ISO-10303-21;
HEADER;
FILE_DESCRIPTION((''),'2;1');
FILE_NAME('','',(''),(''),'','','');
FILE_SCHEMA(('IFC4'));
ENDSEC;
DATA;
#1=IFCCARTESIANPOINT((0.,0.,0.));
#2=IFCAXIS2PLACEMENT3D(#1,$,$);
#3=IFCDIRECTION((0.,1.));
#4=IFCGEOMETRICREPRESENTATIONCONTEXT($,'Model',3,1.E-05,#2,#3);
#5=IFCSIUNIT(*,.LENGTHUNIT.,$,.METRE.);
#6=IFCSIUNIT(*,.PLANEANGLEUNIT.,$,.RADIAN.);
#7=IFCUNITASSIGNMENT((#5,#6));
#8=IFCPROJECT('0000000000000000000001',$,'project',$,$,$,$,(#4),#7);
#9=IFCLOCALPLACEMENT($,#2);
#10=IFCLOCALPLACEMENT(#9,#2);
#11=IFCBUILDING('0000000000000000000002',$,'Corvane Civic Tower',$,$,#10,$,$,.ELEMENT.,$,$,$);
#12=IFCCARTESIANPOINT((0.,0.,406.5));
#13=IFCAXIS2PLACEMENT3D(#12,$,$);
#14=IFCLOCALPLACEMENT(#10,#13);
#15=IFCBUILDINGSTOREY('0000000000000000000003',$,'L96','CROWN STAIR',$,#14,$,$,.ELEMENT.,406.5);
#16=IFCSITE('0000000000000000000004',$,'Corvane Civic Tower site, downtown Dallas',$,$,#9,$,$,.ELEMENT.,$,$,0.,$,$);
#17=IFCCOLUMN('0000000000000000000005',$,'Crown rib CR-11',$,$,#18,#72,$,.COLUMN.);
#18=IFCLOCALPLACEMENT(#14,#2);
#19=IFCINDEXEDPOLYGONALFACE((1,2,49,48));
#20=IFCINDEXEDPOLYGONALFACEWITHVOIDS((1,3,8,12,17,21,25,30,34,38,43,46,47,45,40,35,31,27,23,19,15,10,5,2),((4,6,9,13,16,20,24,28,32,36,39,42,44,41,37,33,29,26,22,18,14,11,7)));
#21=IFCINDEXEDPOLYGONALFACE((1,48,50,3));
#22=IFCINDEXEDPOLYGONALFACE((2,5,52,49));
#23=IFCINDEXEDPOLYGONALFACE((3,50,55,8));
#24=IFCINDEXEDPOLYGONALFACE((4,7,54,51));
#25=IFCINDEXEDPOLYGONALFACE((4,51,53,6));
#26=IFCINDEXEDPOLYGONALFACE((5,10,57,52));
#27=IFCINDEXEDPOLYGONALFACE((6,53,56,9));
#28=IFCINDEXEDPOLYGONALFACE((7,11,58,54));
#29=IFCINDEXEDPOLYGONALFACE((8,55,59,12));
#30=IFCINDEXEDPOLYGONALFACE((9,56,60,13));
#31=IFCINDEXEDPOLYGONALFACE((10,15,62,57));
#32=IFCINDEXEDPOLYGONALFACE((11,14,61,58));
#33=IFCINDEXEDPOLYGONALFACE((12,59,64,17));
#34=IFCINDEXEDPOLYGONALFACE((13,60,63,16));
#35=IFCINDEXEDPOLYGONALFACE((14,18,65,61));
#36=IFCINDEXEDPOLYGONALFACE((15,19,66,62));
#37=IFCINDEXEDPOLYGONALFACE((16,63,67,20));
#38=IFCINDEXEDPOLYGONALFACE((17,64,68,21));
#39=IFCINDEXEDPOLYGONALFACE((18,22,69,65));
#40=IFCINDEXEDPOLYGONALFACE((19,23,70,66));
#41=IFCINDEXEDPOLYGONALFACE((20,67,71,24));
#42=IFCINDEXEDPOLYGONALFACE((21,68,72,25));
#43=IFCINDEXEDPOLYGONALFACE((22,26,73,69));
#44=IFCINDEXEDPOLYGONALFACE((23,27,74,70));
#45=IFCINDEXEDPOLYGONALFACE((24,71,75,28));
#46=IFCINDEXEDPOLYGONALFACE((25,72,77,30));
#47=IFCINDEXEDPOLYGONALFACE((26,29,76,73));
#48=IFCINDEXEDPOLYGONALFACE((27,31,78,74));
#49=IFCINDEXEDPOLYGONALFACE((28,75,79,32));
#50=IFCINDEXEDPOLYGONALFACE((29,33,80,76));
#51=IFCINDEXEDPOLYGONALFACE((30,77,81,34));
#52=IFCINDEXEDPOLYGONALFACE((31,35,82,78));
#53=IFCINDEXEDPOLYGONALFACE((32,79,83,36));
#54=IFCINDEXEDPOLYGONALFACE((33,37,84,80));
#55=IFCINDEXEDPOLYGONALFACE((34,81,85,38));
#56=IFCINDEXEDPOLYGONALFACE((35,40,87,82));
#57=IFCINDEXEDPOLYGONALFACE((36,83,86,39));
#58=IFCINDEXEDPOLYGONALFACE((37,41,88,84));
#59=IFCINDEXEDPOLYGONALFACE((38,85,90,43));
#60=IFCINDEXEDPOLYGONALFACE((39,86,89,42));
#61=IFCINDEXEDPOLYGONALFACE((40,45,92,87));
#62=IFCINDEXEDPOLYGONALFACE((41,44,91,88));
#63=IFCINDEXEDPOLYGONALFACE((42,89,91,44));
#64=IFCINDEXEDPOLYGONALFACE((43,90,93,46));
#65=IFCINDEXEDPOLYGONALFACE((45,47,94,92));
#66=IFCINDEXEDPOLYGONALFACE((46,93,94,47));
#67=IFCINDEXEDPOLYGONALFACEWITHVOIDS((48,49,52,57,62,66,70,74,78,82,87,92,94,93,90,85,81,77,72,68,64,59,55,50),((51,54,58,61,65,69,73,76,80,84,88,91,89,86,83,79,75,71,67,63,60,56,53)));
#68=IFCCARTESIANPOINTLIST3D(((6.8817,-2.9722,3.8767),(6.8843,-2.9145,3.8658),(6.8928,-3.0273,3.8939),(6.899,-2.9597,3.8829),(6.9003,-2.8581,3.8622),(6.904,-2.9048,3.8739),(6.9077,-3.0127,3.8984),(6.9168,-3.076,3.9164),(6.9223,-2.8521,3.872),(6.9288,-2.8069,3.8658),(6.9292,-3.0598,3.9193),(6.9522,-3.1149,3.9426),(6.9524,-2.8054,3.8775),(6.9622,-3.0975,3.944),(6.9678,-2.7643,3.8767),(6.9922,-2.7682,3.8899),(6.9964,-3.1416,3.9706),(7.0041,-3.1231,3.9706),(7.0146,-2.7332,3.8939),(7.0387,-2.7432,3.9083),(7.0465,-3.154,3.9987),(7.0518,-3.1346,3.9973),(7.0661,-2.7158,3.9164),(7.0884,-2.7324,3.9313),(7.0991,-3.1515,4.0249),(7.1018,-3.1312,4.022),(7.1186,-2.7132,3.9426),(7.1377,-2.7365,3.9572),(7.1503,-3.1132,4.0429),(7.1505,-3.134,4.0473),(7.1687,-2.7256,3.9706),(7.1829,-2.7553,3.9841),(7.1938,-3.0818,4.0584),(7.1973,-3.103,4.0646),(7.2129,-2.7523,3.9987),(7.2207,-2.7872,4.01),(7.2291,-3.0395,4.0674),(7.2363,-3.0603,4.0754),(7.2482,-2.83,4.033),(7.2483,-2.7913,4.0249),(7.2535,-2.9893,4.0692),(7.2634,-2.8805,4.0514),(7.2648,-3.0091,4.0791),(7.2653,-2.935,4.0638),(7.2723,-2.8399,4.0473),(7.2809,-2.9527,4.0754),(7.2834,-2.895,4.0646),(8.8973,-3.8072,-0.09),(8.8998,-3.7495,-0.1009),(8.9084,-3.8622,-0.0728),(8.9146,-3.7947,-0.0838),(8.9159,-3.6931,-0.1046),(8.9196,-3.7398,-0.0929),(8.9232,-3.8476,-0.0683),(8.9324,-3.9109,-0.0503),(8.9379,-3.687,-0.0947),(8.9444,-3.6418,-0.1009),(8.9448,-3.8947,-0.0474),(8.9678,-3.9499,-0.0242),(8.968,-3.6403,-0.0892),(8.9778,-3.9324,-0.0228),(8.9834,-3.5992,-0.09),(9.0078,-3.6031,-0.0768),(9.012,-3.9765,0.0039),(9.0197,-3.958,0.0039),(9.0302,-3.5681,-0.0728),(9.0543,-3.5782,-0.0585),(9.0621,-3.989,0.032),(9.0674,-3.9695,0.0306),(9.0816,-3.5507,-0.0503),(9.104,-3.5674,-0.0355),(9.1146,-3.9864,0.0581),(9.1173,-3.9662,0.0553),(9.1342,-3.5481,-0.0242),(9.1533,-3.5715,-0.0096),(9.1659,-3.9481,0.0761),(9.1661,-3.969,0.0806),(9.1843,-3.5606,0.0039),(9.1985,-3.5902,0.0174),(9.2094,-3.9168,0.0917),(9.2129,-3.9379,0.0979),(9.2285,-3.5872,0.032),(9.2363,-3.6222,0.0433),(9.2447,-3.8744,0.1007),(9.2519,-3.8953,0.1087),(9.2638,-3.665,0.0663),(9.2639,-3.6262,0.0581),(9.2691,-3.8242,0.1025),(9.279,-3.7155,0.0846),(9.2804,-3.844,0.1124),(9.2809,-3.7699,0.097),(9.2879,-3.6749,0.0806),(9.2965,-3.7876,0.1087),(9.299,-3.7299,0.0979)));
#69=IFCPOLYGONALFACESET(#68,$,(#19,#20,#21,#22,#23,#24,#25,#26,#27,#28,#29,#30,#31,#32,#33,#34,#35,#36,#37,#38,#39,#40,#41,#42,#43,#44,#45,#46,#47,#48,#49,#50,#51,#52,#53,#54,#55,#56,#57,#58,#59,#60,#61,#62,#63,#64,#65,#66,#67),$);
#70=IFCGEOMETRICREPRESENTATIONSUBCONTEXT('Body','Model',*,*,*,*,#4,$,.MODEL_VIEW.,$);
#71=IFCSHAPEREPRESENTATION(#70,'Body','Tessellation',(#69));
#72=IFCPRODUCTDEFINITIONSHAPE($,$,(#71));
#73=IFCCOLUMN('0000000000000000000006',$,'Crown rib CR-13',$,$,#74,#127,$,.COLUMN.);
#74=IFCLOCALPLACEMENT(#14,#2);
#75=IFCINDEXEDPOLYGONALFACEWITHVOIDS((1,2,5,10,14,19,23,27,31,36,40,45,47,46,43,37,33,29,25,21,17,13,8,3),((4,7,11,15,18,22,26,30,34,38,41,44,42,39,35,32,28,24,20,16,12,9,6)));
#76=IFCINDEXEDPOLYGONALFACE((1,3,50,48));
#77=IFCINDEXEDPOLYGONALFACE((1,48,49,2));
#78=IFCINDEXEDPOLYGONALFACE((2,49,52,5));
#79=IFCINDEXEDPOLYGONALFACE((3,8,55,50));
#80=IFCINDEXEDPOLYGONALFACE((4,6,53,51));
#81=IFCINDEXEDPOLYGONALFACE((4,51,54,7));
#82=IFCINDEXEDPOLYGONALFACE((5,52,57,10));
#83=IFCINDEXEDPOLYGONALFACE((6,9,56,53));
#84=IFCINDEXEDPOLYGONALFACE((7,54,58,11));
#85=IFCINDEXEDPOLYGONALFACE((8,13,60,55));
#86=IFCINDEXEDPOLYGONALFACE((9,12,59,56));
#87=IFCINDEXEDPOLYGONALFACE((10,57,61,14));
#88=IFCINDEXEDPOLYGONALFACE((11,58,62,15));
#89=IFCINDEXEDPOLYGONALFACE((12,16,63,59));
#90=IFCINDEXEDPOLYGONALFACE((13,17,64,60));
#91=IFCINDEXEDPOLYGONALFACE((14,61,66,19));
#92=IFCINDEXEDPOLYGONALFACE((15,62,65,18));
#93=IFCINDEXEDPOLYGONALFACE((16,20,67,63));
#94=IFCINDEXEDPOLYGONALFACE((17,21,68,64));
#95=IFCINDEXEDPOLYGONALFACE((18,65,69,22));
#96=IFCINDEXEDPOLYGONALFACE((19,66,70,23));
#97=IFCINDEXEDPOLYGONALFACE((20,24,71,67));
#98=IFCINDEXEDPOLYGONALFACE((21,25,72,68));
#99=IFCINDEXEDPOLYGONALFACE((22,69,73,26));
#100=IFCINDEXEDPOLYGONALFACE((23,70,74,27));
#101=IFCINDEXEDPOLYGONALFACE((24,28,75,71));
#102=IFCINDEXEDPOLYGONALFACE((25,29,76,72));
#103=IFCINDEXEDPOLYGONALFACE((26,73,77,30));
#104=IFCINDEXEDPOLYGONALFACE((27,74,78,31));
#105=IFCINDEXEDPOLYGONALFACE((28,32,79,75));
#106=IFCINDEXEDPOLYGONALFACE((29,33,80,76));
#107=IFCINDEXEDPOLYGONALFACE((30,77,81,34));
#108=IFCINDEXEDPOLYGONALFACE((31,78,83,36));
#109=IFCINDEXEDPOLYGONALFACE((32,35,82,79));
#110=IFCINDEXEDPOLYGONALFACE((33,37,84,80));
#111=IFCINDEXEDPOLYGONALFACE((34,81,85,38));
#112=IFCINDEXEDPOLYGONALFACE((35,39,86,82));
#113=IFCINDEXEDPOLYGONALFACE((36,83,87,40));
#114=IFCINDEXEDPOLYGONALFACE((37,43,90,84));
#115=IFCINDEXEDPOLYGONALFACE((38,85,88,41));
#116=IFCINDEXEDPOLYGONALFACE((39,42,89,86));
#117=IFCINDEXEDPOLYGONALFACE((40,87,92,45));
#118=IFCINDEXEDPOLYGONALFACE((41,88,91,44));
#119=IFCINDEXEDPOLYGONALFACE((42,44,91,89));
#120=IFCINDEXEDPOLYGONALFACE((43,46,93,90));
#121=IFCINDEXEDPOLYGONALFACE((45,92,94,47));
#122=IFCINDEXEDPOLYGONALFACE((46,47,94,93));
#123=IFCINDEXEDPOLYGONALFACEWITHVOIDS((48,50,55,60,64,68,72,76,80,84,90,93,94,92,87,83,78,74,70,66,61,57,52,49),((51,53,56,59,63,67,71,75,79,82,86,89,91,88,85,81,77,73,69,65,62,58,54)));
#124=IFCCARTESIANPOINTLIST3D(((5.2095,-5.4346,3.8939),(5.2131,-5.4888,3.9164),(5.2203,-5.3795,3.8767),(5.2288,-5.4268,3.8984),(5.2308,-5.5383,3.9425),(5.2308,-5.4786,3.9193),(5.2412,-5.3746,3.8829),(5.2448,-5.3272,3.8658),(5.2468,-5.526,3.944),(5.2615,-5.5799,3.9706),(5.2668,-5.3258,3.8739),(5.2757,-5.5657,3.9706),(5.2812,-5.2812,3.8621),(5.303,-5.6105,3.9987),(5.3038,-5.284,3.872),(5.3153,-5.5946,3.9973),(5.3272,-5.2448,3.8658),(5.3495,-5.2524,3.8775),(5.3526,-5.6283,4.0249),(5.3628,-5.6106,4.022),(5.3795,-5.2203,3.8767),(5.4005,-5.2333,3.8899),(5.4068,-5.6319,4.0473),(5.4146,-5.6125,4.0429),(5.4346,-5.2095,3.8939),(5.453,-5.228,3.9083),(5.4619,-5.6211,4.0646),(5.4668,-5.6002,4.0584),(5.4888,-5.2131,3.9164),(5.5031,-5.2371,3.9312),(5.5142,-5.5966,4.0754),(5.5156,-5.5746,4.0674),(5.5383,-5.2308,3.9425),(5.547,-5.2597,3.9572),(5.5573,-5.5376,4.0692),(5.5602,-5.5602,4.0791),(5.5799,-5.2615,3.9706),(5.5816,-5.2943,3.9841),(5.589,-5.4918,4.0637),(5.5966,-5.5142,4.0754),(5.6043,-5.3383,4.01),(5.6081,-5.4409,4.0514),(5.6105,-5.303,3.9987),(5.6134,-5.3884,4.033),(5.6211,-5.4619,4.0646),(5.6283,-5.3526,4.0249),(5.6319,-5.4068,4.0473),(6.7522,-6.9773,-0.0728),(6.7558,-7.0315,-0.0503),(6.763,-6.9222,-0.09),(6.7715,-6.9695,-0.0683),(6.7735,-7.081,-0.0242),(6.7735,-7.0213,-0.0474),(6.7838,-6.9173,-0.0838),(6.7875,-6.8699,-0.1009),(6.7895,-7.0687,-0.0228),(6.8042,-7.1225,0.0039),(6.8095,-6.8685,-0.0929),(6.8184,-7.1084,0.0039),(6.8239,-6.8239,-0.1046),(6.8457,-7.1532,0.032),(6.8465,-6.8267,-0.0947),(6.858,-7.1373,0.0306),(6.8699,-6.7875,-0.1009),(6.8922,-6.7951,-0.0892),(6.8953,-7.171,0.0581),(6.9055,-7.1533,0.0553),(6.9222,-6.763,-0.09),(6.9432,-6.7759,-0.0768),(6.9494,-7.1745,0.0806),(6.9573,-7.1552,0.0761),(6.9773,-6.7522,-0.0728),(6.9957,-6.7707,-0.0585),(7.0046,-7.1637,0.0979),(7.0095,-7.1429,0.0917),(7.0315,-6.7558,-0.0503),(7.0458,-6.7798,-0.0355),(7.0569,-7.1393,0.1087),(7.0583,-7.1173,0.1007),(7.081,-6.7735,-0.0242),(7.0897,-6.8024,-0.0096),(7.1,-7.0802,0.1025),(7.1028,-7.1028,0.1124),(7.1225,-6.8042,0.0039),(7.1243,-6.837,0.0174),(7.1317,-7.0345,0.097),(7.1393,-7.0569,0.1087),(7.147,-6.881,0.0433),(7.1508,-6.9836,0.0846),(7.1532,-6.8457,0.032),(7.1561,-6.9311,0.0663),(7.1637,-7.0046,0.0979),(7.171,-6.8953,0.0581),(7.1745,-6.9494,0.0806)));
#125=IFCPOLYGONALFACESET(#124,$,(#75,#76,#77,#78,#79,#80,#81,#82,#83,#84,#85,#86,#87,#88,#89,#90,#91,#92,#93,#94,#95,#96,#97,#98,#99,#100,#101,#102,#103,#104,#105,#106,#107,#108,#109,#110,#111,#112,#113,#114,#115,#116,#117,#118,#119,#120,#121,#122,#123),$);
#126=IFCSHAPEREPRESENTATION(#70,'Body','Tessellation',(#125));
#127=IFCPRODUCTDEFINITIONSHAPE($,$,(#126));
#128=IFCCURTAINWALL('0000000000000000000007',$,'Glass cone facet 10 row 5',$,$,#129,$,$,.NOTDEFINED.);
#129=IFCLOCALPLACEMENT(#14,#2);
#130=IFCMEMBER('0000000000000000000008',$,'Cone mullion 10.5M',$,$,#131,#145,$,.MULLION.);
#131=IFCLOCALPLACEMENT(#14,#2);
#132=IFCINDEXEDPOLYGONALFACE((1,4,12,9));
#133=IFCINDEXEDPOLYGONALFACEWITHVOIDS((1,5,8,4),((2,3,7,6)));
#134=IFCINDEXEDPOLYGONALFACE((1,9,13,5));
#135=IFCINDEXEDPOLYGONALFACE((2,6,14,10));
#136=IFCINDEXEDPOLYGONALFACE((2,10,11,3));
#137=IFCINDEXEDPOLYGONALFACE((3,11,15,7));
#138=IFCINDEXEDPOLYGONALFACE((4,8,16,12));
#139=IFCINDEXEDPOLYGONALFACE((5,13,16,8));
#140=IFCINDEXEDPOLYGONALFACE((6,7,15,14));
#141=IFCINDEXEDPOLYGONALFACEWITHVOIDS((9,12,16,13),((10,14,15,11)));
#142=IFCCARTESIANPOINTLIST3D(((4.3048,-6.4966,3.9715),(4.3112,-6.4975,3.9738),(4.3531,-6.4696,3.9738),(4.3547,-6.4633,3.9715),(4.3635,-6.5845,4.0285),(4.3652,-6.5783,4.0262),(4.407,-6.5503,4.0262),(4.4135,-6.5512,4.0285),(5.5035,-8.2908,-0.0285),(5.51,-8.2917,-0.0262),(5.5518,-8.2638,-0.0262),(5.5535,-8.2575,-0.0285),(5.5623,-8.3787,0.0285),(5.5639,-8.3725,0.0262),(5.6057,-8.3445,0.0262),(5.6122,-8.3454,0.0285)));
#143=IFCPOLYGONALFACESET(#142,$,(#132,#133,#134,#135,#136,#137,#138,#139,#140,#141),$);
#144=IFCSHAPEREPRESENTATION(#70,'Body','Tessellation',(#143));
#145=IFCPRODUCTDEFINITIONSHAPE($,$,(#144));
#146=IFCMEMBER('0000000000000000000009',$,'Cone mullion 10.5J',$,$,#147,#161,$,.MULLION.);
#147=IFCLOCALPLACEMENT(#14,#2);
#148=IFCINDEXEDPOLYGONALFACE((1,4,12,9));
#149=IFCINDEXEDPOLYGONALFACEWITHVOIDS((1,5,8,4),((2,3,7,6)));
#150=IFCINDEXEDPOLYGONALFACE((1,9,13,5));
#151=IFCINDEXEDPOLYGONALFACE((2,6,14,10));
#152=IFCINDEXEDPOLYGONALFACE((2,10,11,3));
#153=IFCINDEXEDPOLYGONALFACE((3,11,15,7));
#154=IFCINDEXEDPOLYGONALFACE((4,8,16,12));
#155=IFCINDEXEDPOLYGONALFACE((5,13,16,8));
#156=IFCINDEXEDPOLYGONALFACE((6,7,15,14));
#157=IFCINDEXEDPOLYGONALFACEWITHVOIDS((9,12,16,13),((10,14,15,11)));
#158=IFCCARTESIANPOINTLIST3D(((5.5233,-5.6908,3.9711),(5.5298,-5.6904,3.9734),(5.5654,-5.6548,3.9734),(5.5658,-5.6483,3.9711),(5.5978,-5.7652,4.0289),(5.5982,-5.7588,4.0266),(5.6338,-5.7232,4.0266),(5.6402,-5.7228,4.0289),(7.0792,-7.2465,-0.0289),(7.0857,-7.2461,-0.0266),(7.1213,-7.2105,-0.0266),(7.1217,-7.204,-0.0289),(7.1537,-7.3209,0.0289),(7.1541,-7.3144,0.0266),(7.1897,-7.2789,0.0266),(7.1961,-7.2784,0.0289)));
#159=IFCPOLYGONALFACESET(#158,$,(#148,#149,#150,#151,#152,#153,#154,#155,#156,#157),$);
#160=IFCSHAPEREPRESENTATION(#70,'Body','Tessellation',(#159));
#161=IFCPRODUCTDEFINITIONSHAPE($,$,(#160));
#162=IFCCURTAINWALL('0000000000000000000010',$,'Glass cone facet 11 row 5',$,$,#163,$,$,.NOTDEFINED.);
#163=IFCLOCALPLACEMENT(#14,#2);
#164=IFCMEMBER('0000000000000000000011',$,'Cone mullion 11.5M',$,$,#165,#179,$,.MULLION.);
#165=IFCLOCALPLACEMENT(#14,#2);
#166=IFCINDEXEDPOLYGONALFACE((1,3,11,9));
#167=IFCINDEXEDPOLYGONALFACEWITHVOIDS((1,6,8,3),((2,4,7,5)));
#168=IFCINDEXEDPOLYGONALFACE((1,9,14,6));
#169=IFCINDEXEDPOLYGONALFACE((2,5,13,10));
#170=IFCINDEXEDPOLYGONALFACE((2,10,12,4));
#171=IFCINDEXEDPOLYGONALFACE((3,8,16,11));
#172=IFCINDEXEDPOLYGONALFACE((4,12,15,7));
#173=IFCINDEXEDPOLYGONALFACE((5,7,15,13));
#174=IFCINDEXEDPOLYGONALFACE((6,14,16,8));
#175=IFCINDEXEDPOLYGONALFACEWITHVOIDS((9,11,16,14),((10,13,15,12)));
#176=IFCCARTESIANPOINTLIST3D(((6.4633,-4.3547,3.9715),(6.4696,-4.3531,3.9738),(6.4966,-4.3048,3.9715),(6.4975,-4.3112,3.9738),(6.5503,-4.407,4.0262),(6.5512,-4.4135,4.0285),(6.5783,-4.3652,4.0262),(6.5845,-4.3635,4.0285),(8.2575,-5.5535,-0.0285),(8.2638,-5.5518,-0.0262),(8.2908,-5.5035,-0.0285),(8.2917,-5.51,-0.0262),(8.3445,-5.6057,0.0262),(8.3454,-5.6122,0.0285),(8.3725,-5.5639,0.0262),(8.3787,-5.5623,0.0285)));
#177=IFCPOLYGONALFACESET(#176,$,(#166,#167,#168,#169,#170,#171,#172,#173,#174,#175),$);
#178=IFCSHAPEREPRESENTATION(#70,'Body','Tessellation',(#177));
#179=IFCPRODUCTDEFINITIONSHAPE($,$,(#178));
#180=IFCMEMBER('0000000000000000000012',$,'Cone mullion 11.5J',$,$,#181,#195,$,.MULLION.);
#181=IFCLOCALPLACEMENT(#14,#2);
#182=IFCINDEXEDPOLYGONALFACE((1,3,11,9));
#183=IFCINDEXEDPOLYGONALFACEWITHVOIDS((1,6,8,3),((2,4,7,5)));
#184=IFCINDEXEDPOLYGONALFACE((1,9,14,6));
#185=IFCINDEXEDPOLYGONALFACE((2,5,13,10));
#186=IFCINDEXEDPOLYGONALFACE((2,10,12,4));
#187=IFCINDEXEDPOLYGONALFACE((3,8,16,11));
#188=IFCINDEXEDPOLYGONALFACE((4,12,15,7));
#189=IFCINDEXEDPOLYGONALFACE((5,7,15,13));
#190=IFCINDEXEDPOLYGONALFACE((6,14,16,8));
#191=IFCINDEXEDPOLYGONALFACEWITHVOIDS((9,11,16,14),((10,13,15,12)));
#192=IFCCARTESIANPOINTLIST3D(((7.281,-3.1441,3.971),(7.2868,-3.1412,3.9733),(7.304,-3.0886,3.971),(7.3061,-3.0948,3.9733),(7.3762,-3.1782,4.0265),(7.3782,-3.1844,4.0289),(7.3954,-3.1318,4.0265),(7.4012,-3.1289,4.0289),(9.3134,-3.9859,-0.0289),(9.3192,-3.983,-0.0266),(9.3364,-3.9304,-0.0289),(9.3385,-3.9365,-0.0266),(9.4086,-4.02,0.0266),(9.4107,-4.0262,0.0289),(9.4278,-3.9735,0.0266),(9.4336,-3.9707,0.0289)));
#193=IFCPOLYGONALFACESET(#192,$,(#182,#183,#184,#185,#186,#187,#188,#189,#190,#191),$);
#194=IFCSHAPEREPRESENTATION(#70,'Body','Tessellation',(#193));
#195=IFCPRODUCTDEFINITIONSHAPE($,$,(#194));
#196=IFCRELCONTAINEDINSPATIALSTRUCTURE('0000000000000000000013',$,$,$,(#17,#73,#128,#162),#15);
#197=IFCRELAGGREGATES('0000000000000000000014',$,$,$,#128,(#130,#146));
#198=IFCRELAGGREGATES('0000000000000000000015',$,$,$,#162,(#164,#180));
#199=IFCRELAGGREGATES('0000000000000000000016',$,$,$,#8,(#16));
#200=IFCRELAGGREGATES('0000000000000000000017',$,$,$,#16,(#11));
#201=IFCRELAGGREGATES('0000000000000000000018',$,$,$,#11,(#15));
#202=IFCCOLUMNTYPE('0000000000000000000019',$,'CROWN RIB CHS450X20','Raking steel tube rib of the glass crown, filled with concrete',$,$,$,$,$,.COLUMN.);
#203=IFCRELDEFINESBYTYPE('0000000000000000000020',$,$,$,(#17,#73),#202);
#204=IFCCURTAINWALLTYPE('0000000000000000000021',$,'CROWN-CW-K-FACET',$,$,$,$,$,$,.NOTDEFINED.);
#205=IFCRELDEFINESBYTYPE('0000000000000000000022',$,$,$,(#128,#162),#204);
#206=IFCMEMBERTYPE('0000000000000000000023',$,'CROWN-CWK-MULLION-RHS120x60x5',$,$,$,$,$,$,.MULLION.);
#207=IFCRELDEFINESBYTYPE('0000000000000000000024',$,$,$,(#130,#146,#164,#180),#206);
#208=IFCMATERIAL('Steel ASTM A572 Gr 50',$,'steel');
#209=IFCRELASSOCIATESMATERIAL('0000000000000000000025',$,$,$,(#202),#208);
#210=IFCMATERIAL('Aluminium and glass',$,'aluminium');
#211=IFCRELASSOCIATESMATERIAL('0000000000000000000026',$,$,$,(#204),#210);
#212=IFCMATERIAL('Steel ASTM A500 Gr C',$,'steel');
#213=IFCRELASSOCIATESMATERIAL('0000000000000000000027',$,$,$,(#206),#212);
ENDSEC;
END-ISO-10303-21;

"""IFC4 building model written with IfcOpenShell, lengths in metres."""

from ifc_helpers import new_model, si_unit, direction, frame, origin, origin_2d, place, context, subcontext, project, spatial, hollow_rectangle, hollow_circle, extrude, material, material_profile, profile_set, type_object, element, aggregate, save


model = new_model("IFC4")

# Units and contexts
model_context = context("Model", 3, precision=1e-05, world=origin(), true_north=direction((0.0, 1.0)))
body_context = subcontext(model_context, "Body", "Model", "MODEL_VIEW")
ifc_project = project(units=[si_unit("LENGTHUNIT", "METRE"), si_unit("PLANEANGLEUNIT", "RADIAN")], contexts=[model_context])

# Site, building, storey
site_placement = place(None, origin())
site = spatial("IfcSite", under=ifc_project, at=site_placement, Name="Corvane Civic Tower site, downtown Dallas", CompositionType="ELEMENT", RefElevation=0.0)
building_placement = place(site_placement, origin())
building = spatial("IfcBuilding", under=site, at=building_placement, Name="Corvane Civic Tower", CompositionType="ELEMENT")
storey_placement = place(building_placement, frame((0.0, 0.0, 406.5)))
storey = spatial("IfcBuildingStorey", under=building, at=storey_placement, Name="L96", Description="CROWN STAIR", CompositionType="ELEMENT", Elevation=406.5)

# Columns
ifc_material_1 = material(Name="Steel ASTM A572 Gr 50", Category="steel")
ifc_material_profile_1 = material_profile(ifc_material_1, hollow_circle(Radius=0.2251, WallThickness=0.02, at=origin_2d()), Name="CHS450X20")
ifc_profile_set_1 = profile_set([ifc_material_profile_1], Name="Steel ASTM A572 Gr 50")
column_type = type_object("IfcColumnType", Name="CROWN RIB CHS450X20", Description="Raking steel tube rib of the glass crown, filled with concrete", PredefinedType="COLUMN", material=ifc_profile_set_1)
for number, where, z_axis, x_axis, name in (
    (1, (9.0981, -3.7686, 0.0039), (-0.445227, 0.184433, 0.876218), (-0.382708, -0.92387, 0.0), "Crown rib CR-11"),
    (2, (6.9634, -6.9634, 0.0039), (-0.340768, 0.340768, 0.876216), (-0.707107, -0.707107, 0.0), "Crown rib CR-13"),
):
    element("IfcColumn", number, at=place(storey_placement, frame(where, z_axis=z_axis, x_axis=x_axis)), inside=storey, type_object=column_type, Name=name, PredefinedType="COLUMN", context=body_context, shape_type="SweptSolid", body=[
        extrude(hollow_circle(Radius=0.2251, WallThickness=0.02, at=origin_2d()), origin(), (0.0, 0.0, 1.0), 4.5271),
    ])

# Curtain walls, members
ifc_material_2 = material(Name="Aluminium and glass", Category="aluminium")
curtain_wall_type = type_object("IfcCurtainWallType", Name="CROWN-CW-K-FACET", PredefinedType="NOTDEFINED", material=ifc_material_2)
curtain_wall_1_placement = place(storey_placement, origin())
curtain_wall_1 = element("IfcCurtainWall", 3, at=curtain_wall_1_placement, inside=storey, type_object=curtain_wall_type, Name="Glass cone facet 10 row 5", PredefinedType="NOTDEFINED")
ifc_material_3 = material(Name="Steel ASTM A500 Gr C", Category="steel")
ifc_material_profile_2 = material_profile(ifc_material_3, hollow_rectangle(XDim=0.0601, YDim=0.1201, WallThickness=0.0049, at=origin_2d()), Name="RHS 120x60x5")
ifc_profile_set_2 = profile_set([ifc_material_profile_2], Name="Steel ASTM A500 Gr C")
member_type_1 = type_object("IfcMemberType", Name="CROWN-CWK-MULLION-RHS120x60x5", PredefinedType="MULLION", material=ifc_profile_set_2)
member_1_placement = place(storey_placement, frame((5.5579, -8.3181, 0.0), z_axis=(-0.263753, 0.39477, 0.880108), x_axis=(-0.831493, -0.555535, 0.0)))
member_1 = element("IfcMember", 4, at=member_1_placement, type_object=member_type_1, Name="Cone mullion 10.5M", PredefinedType="MULLION", context=body_context, shape_type="SweptSolid", body=[
    extrude(hollow_rectangle(XDim=0.0601, YDim=0.1201, WallThickness=0.0049, at=origin_2d()), origin(), (0.0, 0.0, 1.0), 4.5449),
])
member_2_placement = place(storey_placement, frame((7.1377, -7.2625, 0.0), z_axis=(-0.34082, 0.340767, 0.876196), x_axis=(-0.707051, -0.707162, 0.0)))
member_2 = element("IfcMember", 5, at=member_2_placement, type_object=member_type_1, Name="Cone mullion 10.5J", PredefinedType="MULLION", context=body_context, shape_type="SweptSolid", body=[
    extrude(hollow_rectangle(XDim=0.0601, YDim=0.1201, WallThickness=0.0049, at=origin_2d()), origin(), (0.0, 0.0, 1.0), 4.5652),
])
aggregate(curtain_wall_1, [member_1, member_2])
curtain_wall_2_placement = place(storey_placement, origin())
curtain_wall_2 = element("IfcCurtainWall", 6, at=curtain_wall_2_placement, inside=storey, type_object=curtain_wall_type, Name="Glass cone facet 11 row 5", PredefinedType="NOTDEFINED")
member_3_placement = place(storey_placement, frame((8.3181, -5.5579, 0.0), z_axis=(-0.39477, 0.263753, 0.880108), x_axis=(-0.555535, -0.831493, 0.0)))
member_3 = element("IfcMember", 7, at=member_3_placement, type_object=member_type_1, Name="Cone mullion 11.5M", PredefinedType="MULLION", context=body_context, shape_type="SweptSolid", body=[
    extrude(hollow_rectangle(XDim=0.0601, YDim=0.1201, WallThickness=0.0049, at=origin_2d()), origin(), (0.0, 0.0, 1.0), 4.5449),
])
member_4_placement = place(storey_placement, frame((9.3735, -3.9783, 0.0), z_axis=(-0.445226, 0.184401, 0.876225), x_axis=(-0.382652, -0.923892, 0.0)))
member_4 = element("IfcMember", 8, at=member_4_placement, type_object=member_type_1, Name="Cone mullion 11.5J", PredefinedType="MULLION", context=body_context, shape_type="SweptSolid", body=[
    extrude(hollow_rectangle(XDim=0.0601, YDim=0.1201, WallThickness=0.0049, at=origin_2d()), origin(), (0.0, 0.0, 1.0), 4.5649),
])

aggregate(curtain_wall_2, [member_3, member_4])

save(model, "model.ifc")
